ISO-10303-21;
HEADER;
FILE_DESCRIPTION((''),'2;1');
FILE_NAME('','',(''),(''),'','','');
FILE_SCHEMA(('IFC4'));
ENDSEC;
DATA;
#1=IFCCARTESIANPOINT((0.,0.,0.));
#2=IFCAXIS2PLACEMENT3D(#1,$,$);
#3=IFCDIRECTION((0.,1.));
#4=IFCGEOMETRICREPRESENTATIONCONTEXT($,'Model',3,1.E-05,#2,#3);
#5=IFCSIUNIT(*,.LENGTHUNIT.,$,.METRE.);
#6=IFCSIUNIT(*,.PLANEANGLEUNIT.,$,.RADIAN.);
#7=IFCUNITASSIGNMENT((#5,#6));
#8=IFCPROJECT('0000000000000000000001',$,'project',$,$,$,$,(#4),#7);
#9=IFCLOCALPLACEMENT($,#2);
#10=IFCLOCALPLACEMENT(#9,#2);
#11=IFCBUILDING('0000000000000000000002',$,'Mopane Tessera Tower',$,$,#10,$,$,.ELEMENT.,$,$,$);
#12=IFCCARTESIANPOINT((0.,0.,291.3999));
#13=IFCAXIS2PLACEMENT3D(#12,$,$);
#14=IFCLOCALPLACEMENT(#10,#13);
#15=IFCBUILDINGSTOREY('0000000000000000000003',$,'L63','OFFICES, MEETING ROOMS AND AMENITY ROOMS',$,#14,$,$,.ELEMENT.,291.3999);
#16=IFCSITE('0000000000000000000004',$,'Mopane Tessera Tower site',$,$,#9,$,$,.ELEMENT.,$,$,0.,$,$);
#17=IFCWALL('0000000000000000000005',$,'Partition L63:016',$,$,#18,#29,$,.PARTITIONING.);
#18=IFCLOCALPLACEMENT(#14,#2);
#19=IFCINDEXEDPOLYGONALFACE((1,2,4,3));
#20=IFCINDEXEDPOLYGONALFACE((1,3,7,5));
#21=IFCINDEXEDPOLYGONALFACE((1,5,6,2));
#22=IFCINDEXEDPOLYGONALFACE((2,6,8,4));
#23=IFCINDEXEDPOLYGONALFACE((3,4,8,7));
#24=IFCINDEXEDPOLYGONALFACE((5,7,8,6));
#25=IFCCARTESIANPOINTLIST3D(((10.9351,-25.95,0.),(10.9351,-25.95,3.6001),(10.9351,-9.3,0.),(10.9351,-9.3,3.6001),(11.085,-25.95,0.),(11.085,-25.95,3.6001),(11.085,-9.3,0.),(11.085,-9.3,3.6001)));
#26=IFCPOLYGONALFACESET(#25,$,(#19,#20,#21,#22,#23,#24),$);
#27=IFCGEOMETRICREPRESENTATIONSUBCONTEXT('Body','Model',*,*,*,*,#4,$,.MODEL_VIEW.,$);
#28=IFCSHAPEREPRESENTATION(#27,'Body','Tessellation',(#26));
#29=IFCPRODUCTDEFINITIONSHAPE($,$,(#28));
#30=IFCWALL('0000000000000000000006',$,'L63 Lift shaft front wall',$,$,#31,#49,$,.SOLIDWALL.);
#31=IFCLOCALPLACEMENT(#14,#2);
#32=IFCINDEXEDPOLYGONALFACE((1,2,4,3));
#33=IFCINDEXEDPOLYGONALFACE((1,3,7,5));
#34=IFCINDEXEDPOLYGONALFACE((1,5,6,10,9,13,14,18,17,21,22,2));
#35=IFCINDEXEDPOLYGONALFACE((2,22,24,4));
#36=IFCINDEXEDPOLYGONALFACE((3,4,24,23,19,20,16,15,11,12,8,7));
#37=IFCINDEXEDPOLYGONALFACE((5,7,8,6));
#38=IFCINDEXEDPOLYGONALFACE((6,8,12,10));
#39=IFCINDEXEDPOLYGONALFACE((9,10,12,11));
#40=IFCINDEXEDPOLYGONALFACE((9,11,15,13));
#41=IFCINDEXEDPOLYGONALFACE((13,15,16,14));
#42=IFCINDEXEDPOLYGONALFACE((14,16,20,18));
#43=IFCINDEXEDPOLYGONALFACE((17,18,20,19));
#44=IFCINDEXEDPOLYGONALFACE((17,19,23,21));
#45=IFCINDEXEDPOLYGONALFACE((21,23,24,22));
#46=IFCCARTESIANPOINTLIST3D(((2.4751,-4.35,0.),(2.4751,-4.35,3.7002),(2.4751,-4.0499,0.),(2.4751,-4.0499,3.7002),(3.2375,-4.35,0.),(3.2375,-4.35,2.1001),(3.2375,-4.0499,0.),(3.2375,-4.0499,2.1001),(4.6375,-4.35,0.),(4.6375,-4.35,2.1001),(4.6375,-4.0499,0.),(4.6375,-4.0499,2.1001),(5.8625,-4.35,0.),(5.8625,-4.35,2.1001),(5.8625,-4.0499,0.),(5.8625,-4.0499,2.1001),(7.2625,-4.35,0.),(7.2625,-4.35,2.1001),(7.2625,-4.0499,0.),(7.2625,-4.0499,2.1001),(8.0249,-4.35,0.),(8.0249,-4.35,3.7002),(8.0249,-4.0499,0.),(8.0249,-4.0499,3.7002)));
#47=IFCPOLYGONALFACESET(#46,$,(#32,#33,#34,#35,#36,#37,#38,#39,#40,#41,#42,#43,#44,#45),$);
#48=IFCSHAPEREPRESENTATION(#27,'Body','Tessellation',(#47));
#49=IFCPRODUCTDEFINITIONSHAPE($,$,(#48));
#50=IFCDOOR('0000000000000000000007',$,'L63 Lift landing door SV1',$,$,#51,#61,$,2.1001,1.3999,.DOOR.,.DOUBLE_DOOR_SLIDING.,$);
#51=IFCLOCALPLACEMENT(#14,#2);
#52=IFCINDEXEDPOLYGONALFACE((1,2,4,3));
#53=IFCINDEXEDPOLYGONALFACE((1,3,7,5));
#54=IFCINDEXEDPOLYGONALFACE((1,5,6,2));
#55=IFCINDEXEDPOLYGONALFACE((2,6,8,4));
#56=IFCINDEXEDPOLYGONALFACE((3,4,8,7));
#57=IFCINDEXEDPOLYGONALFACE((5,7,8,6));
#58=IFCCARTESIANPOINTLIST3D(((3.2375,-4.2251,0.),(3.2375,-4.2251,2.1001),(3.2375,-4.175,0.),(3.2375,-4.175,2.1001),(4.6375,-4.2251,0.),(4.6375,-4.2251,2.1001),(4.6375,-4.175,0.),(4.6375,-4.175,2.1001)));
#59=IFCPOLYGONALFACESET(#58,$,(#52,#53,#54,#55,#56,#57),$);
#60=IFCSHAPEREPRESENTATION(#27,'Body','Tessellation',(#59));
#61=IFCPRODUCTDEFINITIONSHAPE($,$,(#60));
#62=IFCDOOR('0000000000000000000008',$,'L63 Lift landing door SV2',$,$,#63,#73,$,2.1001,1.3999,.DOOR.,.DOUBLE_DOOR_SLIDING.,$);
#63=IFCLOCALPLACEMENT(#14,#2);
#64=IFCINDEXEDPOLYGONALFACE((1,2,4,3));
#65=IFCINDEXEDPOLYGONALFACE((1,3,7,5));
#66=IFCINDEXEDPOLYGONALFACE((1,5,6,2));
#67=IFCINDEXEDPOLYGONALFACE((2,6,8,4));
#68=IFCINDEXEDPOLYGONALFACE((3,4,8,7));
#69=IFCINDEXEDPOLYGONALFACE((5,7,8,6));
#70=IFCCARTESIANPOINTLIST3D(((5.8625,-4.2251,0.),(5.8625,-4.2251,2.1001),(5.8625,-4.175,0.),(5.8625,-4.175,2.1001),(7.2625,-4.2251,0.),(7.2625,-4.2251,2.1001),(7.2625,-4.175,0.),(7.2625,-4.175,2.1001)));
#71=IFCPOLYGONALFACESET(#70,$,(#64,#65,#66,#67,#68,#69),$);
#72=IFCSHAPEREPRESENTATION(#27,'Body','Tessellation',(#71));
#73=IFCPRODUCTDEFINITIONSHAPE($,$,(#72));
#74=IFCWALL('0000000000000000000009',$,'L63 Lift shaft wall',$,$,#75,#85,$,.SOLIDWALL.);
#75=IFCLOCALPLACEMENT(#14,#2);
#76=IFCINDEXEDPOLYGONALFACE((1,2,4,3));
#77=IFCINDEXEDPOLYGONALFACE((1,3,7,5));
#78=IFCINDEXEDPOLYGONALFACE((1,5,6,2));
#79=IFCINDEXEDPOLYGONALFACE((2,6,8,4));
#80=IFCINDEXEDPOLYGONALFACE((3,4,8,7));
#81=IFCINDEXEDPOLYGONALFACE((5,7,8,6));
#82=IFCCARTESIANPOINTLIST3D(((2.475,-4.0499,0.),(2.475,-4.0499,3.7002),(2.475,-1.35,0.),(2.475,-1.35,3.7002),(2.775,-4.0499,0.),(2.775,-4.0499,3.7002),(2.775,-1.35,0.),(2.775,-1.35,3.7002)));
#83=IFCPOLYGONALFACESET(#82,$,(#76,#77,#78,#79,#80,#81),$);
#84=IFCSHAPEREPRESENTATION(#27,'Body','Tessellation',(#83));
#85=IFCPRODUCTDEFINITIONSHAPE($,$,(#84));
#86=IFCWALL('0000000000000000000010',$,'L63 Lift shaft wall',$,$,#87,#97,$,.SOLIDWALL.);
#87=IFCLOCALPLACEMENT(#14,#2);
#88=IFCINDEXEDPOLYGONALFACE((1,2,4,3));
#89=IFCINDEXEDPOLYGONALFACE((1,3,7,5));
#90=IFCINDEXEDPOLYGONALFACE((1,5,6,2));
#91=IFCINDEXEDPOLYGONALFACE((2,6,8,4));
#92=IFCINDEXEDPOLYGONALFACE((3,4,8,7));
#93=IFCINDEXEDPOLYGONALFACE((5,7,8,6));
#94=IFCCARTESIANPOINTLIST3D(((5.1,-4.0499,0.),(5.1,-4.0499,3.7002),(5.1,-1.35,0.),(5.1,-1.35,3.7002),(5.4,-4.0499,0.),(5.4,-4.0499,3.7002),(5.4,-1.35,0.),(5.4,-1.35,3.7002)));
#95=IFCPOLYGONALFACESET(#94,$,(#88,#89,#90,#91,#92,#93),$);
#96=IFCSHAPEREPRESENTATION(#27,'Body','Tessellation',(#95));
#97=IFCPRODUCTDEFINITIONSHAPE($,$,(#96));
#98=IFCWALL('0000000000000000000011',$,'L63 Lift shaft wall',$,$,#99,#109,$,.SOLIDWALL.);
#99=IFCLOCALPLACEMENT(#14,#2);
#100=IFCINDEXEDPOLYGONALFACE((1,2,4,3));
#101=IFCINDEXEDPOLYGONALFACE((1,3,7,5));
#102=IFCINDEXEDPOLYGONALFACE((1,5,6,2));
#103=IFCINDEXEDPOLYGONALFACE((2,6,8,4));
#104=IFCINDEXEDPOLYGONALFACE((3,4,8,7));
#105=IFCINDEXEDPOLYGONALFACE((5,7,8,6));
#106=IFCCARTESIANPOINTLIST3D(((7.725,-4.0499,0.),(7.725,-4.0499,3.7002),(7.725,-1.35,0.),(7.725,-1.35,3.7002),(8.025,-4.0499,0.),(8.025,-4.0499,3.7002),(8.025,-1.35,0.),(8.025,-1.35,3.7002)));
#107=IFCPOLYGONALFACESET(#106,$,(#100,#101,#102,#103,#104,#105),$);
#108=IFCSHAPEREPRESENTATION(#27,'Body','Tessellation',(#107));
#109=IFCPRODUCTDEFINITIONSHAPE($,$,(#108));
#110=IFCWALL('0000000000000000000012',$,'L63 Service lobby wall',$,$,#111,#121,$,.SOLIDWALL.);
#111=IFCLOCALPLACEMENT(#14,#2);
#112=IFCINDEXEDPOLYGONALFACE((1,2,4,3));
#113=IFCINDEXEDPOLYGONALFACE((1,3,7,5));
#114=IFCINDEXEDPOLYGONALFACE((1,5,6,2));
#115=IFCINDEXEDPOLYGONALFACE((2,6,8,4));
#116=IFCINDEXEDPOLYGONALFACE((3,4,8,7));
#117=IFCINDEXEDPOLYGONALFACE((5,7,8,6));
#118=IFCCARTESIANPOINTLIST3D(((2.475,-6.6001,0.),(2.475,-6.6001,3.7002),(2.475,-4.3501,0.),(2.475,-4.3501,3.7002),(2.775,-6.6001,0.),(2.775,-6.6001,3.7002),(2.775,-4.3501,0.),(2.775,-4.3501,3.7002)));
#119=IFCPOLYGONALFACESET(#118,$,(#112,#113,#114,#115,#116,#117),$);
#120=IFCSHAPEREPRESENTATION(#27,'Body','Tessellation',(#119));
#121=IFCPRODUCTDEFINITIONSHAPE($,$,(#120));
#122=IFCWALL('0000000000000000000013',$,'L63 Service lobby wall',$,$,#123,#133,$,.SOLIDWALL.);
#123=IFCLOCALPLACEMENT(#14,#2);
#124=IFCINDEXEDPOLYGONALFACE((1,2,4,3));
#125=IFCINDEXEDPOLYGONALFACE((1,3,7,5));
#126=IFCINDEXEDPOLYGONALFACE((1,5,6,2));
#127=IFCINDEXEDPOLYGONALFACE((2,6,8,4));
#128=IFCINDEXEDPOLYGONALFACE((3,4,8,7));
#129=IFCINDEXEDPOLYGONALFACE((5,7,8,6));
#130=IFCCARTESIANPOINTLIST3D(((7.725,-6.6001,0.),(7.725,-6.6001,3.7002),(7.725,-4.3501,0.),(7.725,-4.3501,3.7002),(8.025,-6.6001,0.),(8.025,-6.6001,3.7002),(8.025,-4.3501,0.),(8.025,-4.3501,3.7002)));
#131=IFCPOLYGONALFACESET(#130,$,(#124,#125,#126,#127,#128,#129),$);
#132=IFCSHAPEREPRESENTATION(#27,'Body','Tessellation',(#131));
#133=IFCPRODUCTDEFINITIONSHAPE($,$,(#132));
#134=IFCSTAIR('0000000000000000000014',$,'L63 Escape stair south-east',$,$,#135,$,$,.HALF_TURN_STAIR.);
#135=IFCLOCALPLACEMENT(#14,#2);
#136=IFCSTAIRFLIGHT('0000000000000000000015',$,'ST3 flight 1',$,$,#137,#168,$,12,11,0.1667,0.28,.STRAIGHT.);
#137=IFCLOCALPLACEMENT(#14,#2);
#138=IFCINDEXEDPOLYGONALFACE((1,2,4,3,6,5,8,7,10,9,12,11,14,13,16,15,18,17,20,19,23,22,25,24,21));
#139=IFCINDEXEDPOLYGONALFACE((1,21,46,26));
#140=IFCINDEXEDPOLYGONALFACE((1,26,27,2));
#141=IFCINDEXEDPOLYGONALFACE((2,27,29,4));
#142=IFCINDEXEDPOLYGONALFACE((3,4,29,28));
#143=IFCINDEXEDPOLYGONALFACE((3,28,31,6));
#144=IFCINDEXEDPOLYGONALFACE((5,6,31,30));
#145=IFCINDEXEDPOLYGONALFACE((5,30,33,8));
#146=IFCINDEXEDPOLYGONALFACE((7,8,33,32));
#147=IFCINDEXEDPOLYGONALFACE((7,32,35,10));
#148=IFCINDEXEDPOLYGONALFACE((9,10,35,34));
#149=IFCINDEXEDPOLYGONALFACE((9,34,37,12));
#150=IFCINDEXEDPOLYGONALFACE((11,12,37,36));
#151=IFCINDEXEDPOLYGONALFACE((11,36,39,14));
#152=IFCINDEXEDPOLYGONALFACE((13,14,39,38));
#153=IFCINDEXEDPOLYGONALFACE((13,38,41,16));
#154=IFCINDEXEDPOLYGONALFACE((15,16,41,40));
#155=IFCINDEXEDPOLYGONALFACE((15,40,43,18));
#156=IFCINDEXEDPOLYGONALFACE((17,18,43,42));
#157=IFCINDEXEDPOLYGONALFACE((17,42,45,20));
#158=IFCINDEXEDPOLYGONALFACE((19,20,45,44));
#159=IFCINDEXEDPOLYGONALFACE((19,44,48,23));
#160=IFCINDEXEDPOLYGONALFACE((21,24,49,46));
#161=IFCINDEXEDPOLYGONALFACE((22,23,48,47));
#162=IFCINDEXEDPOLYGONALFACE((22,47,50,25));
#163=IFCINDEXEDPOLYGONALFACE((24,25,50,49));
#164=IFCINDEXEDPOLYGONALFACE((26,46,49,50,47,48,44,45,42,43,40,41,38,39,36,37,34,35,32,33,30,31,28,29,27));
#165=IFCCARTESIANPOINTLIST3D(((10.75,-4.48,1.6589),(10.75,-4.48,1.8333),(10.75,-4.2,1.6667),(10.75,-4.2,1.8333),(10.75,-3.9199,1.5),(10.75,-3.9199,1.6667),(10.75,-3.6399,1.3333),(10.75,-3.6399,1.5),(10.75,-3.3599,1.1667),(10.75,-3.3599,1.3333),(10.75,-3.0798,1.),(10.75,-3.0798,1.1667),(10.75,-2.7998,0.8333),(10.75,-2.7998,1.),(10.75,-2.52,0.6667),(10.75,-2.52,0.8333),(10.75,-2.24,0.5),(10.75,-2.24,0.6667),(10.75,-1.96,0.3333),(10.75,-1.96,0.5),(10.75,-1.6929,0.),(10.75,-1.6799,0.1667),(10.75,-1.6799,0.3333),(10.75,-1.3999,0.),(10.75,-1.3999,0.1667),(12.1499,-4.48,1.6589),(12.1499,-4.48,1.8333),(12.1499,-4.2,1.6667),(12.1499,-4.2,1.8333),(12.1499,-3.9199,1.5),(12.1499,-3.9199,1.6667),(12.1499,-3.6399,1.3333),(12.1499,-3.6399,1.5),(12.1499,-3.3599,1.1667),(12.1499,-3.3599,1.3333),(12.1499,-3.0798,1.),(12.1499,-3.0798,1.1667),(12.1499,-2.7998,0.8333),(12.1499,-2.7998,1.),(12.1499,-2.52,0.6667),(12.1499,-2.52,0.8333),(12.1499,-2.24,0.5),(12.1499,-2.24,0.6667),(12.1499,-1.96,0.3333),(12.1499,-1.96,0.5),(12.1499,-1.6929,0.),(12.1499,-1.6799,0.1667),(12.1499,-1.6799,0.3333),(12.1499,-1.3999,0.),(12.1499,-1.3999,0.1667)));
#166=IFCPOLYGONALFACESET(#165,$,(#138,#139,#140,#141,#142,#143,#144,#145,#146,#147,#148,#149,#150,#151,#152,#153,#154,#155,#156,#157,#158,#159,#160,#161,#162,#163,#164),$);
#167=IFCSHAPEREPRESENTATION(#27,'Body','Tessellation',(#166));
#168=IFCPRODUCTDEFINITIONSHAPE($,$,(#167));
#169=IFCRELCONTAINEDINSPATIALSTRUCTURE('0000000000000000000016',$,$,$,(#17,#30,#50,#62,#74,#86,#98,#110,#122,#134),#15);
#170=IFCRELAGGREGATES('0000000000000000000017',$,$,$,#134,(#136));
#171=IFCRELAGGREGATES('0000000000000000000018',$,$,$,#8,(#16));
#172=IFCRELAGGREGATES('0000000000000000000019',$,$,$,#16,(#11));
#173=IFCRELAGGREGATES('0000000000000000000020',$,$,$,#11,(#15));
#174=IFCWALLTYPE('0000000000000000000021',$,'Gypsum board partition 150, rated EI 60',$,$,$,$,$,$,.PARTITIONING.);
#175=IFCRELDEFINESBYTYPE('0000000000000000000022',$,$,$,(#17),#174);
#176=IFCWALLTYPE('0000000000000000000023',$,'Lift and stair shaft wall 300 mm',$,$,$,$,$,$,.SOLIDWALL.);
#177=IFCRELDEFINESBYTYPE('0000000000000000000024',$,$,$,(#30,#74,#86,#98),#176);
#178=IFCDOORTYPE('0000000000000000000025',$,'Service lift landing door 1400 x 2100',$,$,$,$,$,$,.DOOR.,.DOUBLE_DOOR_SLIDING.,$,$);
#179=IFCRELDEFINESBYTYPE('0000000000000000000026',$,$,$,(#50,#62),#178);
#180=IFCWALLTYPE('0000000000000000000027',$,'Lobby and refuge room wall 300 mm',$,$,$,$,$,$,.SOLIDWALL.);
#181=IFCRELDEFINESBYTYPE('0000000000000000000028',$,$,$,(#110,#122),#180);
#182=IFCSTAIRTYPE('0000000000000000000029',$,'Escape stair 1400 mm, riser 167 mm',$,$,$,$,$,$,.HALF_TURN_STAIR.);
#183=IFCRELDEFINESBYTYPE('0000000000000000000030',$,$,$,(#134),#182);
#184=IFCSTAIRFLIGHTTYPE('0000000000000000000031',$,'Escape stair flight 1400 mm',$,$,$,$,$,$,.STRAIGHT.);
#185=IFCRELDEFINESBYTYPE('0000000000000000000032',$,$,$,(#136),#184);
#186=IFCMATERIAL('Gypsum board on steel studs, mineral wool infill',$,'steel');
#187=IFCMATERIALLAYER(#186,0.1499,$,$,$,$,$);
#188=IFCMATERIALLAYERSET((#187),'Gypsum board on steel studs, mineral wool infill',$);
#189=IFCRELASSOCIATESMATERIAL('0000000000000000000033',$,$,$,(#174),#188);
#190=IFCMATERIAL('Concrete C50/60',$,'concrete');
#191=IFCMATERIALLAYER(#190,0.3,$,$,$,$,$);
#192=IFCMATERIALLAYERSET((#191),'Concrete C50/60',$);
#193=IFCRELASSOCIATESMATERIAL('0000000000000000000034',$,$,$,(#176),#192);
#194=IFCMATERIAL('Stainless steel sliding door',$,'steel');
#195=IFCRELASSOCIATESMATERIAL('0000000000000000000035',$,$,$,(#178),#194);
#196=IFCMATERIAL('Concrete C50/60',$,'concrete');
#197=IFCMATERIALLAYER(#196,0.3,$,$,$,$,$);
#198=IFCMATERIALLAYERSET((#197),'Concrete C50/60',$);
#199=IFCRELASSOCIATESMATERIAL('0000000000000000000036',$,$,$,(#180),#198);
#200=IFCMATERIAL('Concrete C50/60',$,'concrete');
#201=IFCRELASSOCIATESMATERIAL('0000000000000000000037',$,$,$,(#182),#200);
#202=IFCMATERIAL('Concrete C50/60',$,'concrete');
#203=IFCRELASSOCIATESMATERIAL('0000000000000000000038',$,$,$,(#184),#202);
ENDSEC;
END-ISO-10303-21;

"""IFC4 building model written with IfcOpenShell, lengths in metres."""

from ifc_helpers import new_model, si_unit, direction, frame, frame_2d, origin, place, context, subcontext, project, spatial, polyline, rectangle, outline, extrude, material, layer, layer_set, type_object, element, fill, aggregate, save


model = new_model("IFC4")

# Units and contexts
model_context = context("Model", 3, precision=1e-05, world=origin(), true_north=direction((0.0, 1.0)))
body_context = subcontext(model_context, "Body", "Model", "MODEL_VIEW")
ifc_project = project(units=[si_unit("LENGTHUNIT", "METRE"), si_unit("PLANEANGLEUNIT", "RADIAN")], contexts=[model_context])

# Site, building, storey
site_placement = place(None, origin())
site = spatial("IfcSite", under=ifc_project, at=site_placement, Name="Mopane Tessera Tower site", CompositionType="ELEMENT", RefElevation=0.0)
building_placement = place(site_placement, origin())
building = spatial("IfcBuilding", under=site, at=building_placement, Name="Mopane Tessera Tower", CompositionType="ELEMENT")
storey_placement = place(building_placement, frame((0.0, 0.0, 291.3999)))
storey = spatial("IfcBuildingStorey", under=building, at=storey_placement, Name="L63", Description="OFFICES, MEETING ROOMS AND AMENITY ROOMS", CompositionType="ELEMENT", Elevation=291.3999)

# Wall
ifc_material_1 = material(Name="Gypsum board on steel studs, mineral wool infill", Category="steel")
ifc_layer_1 = layer(ifc_material_1, 0.1499)
ifc_layer_set_1 = layer_set([ifc_layer_1], Name="Gypsum board on steel studs, mineral wool infill")
wall_type_1 = type_object("IfcWallType", Name="Gypsum board partition 150, rated EI 60", PredefinedType="PARTITIONING", material=ifc_layer_set_1)
wall_1_placement = place(storey_placement, frame((11.01, -25.95, 0.0), z_axis=(0.0, 0.0, 1.0), x_axis=(0.0, 1.0, 0.0)))
element("IfcWall", 1, at=wall_1_placement, inside=storey, type_object=wall_type_1, Name="Partition L63:016", PredefinedType="PARTITIONING", context=body_context, shape_type="SweptSolid", body=[
    extrude(rectangle(XDim=16.6499, YDim=0.1499, at=frame_2d((8.325, 0.0))), origin(), (0.0, 0.0, 1.0), 3.6001),
])

# Wall, openings, doors
ifc_material_2 = material(Name="Concrete C50/60", Category="concrete")
ifc_layer_2 = layer(ifc_material_2, 0.3)
ifc_layer_set_2 = layer_set([ifc_layer_2], Name="Concrete C50/60")
wall_type_2 = type_object("IfcWallType", Name="Lift and stair shaft wall 300 mm", PredefinedType="SOLIDWALL", material=ifc_layer_set_2)
wall_2_placement = place(storey_placement, frame((2.4751, -4.2, 0.0), z_axis=(0.0, 0.0, 1.0), x_axis=(1.0, 0.0, 0.0)))
wall_2 = element("IfcWall", 2, at=wall_2_placement, inside=storey, type_object=wall_type_2, Name="L63 Lift shaft front wall", PredefinedType="SOLIDWALL", context=body_context, shape_type="SweptSolid", body=[
    extrude(rectangle(XDim=5.5498, YDim=0.3, at=frame_2d((2.7749, 0.0))), origin(), (0.0, 0.0, 1.0), 3.7002),
])
opening_1_placement = place(wall_2_placement, frame((0.7625, 0.0, 0.0)))
opening_1 = element("IfcOpeningElement", 3, at=opening_1_placement, cuts=wall_2, PredefinedType="OPENING", context=body_context, shape_type="SweptSolid", body=[
    extrude(rectangle(XDim=1.3999, YDim=2.1001, at=frame_2d((0.7, 1.05))), frame((0.0, 0.1621, 0.0), z_axis=(0.0, -1.0, 0.0), x_axis=(1.0, 0.0, 0.0)), (0.0, 0.0, 1.0), 0.324),
])
opening_2_placement = place(wall_2_placement, frame((3.3875, 0.0, 0.0)))
opening_2 = element("IfcOpeningElement", 4, at=opening_2_placement, cuts=wall_2, PredefinedType="OPENING", context=body_context, shape_type="SweptSolid", body=[
    extrude(rectangle(XDim=1.3999, YDim=2.1001, at=frame_2d((0.7, 1.05))), frame((0.0, 0.1621, 0.0), z_axis=(0.0, -1.0, 0.0), x_axis=(1.0, 0.0, 0.0)), (0.0, 0.0, 1.0), 0.324),
])
ifc_material_3 = material(Name="Stainless steel sliding door", Category="steel")
door_type_1 = type_object("IfcDoorType", Name="Service lift landing door 1400 x 2100", OperationType="DOUBLE_DOOR_SLIDING", PredefinedType="DOOR", material=ifc_material_3)
door_1_placement = place(opening_1_placement, origin())
door_1 = element("IfcDoor", 5, at=door_1_placement, inside=storey, type_object=door_type_1, Name="L63 Lift landing door SV1", OperationType="DOUBLE_DOOR_SLIDING", OverallHeight=2.1001, OverallWidth=1.3999, PredefinedType="DOOR", context=body_context, shape_type="SweptSolid", body=[
    extrude(rectangle(XDim=1.3999, YDim=2.1001, at=frame_2d((0.7, 1.05))), frame((0.0, 0.0249, 0.0), z_axis=(0.0, -1.0, 0.0), x_axis=(1.0, 0.0, 0.0)), (0.0, 0.0, 1.0), 0.05),
])
fill(opening_1, door_1)
door_2_placement = place(opening_2_placement, origin())
door_2 = element("IfcDoor", 6, at=door_2_placement, inside=storey, type_object=door_type_1, Name="L63 Lift landing door SV2", OperationType="DOUBLE_DOOR_SLIDING", OverallHeight=2.1001, OverallWidth=1.3999, PredefinedType="DOOR", context=body_context, shape_type="SweptSolid", body=[
    extrude(rectangle(XDim=1.3999, YDim=2.1001, at=frame_2d((0.7, 1.05))), frame((0.0, 0.0249, 0.0), z_axis=(0.0, -1.0, 0.0), x_axis=(1.0, 0.0, 0.0)), (0.0, 0.0, 1.0), 0.05),
])
fill(opening_2, door_2)

# Walls
for number, where, z_axis, x_axis, name in (
    (7, (2.625, -4.05, 0.0), (0.0, 0.0, 1.0), (0.0, 1.0, 0.0), "L63 Lift shaft wall"),
    (8, (5.25, -4.05, 0.0), (0.0, 0.0, 1.0), (0.0, 1.0, 0.0), "L63 Lift shaft wall"),
    (9, (7.875, -4.05, 0.0), (0.0, 0.0, 1.0), (0.0, 1.0, 0.0), "L63 Lift shaft wall"),
):
    element("IfcWall", number, at=place(storey_placement, frame(where, z_axis=z_axis, x_axis=x_axis)), inside=storey, type_object=wall_type_2, Name=name, PredefinedType="SOLIDWALL", context=body_context, shape_type="SweptSolid", body=[
        extrude(rectangle(XDim=2.7, YDim=0.3, at=frame_2d((1.3501, 0.0))), origin(), (0.0, 0.0, 1.0), 3.7002),
    ])
ifc_material_4 = material(Name="Concrete C50/60", Category="concrete")
ifc_layer_3 = layer(ifc_material_4, 0.3)
ifc_layer_set_3 = layer_set([ifc_layer_3], Name="Concrete C50/60")
wall_type_3 = type_object("IfcWallType", Name="Lobby and refuge room wall 300 mm", PredefinedType="SOLIDWALL", material=ifc_layer_set_3)
for number, where, z_axis, x_axis, name in (
    (10, (2.625, -6.6001, 0.0), (0.0, 0.0, 1.0), (0.0, 1.0, 0.0), "L63 Service lobby wall"),
    (11, (7.875, -6.6001, 0.0), (0.0, 0.0, 1.0), (0.0, 1.0, 0.0), "L63 Service lobby wall"),
):
    element("IfcWall", number, at=place(storey_placement, frame(where, z_axis=z_axis, x_axis=x_axis)), inside=storey, type_object=wall_type_3, Name=name, PredefinedType="SOLIDWALL", context=body_context, shape_type="SweptSolid", body=[
        extrude(rectangle(XDim=2.25, YDim=0.3, at=frame_2d((1.125, 0.0))), origin(), (0.0, 0.0, 1.0), 3.7002),
    ])

# Stair, stair flight
ifc_material_5 = material(Name="Concrete C50/60", Category="concrete")
stair_type = type_object("IfcStairType", Name="Escape stair 1400 mm, riser 167 mm", PredefinedType="HALF_TURN_STAIR", material=ifc_material_5)
stair_placement = place(storey_placement, origin())
stair = element("IfcStair", 12, at=stair_placement, inside=storey, type_object=stair_type, Name="L63 Escape stair south-east", PredefinedType="HALF_TURN_STAIR")
ifc_material_6 = material(Name="Concrete C50/60", Category="concrete")
stair_flight_type = type_object("IfcStairFlightType", Name="Escape stair flight 1400 mm", PredefinedType="STRAIGHT", material=ifc_material_6)
stair_flight_1_placement = place(storey_placement, frame((11.45, -1.3999, 0.0), z_axis=(0.0, 0.0, 1.0), x_axis=(0.0, -1.0, 0.0)))
stair_flight_1 = element("IfcStairFlight", 13, at=stair_flight_1_placement, type_object=stair_flight_type, Name="ST3 flight 1", NumberOfRisers=12, NumberOfTreads=11, PredefinedType="STRAIGHT", RiserHeight=0.1667, TreadLength=0.28, context=body_context, shape_type="SweptSolid", body=[
    extrude(outline(polyline([(0.0, 0.0), (0.0, 0.1667), (0.28, 0.1667), (0.28, 0.3333), (0.5601, 0.3333), (0.5601, 0.5), (0.8401, 0.5), (0.8401, 0.6667), (1.1201, 0.6667), (1.1201, 0.8333), (1.3999, 0.8333), (1.3999, 1.0), (1.6799, 1.0), (1.6799, 1.1667), (1.96, 1.1667), (1.96, 1.3333), (2.24, 1.3333), (2.24, 1.5), (2.52, 1.5), (2.52, 1.6667), (2.8, 1.6667), (2.8, 1.8333), (3.0801, 1.8333), (3.0801, 2.0), (3.0801, 1.6589), (0.293, 0.0), (0.0, 0.0)])), frame((0.0, 0.7, 0.0), z_axis=(0.0, -1.0, 0.0), x_axis=(1.0, 0.0, 0.0)), (0.0, 0.0, 1.0), 1.3999),
])
aggregate(stair, [stair_flight_1])

save(model, "model.ifc")
